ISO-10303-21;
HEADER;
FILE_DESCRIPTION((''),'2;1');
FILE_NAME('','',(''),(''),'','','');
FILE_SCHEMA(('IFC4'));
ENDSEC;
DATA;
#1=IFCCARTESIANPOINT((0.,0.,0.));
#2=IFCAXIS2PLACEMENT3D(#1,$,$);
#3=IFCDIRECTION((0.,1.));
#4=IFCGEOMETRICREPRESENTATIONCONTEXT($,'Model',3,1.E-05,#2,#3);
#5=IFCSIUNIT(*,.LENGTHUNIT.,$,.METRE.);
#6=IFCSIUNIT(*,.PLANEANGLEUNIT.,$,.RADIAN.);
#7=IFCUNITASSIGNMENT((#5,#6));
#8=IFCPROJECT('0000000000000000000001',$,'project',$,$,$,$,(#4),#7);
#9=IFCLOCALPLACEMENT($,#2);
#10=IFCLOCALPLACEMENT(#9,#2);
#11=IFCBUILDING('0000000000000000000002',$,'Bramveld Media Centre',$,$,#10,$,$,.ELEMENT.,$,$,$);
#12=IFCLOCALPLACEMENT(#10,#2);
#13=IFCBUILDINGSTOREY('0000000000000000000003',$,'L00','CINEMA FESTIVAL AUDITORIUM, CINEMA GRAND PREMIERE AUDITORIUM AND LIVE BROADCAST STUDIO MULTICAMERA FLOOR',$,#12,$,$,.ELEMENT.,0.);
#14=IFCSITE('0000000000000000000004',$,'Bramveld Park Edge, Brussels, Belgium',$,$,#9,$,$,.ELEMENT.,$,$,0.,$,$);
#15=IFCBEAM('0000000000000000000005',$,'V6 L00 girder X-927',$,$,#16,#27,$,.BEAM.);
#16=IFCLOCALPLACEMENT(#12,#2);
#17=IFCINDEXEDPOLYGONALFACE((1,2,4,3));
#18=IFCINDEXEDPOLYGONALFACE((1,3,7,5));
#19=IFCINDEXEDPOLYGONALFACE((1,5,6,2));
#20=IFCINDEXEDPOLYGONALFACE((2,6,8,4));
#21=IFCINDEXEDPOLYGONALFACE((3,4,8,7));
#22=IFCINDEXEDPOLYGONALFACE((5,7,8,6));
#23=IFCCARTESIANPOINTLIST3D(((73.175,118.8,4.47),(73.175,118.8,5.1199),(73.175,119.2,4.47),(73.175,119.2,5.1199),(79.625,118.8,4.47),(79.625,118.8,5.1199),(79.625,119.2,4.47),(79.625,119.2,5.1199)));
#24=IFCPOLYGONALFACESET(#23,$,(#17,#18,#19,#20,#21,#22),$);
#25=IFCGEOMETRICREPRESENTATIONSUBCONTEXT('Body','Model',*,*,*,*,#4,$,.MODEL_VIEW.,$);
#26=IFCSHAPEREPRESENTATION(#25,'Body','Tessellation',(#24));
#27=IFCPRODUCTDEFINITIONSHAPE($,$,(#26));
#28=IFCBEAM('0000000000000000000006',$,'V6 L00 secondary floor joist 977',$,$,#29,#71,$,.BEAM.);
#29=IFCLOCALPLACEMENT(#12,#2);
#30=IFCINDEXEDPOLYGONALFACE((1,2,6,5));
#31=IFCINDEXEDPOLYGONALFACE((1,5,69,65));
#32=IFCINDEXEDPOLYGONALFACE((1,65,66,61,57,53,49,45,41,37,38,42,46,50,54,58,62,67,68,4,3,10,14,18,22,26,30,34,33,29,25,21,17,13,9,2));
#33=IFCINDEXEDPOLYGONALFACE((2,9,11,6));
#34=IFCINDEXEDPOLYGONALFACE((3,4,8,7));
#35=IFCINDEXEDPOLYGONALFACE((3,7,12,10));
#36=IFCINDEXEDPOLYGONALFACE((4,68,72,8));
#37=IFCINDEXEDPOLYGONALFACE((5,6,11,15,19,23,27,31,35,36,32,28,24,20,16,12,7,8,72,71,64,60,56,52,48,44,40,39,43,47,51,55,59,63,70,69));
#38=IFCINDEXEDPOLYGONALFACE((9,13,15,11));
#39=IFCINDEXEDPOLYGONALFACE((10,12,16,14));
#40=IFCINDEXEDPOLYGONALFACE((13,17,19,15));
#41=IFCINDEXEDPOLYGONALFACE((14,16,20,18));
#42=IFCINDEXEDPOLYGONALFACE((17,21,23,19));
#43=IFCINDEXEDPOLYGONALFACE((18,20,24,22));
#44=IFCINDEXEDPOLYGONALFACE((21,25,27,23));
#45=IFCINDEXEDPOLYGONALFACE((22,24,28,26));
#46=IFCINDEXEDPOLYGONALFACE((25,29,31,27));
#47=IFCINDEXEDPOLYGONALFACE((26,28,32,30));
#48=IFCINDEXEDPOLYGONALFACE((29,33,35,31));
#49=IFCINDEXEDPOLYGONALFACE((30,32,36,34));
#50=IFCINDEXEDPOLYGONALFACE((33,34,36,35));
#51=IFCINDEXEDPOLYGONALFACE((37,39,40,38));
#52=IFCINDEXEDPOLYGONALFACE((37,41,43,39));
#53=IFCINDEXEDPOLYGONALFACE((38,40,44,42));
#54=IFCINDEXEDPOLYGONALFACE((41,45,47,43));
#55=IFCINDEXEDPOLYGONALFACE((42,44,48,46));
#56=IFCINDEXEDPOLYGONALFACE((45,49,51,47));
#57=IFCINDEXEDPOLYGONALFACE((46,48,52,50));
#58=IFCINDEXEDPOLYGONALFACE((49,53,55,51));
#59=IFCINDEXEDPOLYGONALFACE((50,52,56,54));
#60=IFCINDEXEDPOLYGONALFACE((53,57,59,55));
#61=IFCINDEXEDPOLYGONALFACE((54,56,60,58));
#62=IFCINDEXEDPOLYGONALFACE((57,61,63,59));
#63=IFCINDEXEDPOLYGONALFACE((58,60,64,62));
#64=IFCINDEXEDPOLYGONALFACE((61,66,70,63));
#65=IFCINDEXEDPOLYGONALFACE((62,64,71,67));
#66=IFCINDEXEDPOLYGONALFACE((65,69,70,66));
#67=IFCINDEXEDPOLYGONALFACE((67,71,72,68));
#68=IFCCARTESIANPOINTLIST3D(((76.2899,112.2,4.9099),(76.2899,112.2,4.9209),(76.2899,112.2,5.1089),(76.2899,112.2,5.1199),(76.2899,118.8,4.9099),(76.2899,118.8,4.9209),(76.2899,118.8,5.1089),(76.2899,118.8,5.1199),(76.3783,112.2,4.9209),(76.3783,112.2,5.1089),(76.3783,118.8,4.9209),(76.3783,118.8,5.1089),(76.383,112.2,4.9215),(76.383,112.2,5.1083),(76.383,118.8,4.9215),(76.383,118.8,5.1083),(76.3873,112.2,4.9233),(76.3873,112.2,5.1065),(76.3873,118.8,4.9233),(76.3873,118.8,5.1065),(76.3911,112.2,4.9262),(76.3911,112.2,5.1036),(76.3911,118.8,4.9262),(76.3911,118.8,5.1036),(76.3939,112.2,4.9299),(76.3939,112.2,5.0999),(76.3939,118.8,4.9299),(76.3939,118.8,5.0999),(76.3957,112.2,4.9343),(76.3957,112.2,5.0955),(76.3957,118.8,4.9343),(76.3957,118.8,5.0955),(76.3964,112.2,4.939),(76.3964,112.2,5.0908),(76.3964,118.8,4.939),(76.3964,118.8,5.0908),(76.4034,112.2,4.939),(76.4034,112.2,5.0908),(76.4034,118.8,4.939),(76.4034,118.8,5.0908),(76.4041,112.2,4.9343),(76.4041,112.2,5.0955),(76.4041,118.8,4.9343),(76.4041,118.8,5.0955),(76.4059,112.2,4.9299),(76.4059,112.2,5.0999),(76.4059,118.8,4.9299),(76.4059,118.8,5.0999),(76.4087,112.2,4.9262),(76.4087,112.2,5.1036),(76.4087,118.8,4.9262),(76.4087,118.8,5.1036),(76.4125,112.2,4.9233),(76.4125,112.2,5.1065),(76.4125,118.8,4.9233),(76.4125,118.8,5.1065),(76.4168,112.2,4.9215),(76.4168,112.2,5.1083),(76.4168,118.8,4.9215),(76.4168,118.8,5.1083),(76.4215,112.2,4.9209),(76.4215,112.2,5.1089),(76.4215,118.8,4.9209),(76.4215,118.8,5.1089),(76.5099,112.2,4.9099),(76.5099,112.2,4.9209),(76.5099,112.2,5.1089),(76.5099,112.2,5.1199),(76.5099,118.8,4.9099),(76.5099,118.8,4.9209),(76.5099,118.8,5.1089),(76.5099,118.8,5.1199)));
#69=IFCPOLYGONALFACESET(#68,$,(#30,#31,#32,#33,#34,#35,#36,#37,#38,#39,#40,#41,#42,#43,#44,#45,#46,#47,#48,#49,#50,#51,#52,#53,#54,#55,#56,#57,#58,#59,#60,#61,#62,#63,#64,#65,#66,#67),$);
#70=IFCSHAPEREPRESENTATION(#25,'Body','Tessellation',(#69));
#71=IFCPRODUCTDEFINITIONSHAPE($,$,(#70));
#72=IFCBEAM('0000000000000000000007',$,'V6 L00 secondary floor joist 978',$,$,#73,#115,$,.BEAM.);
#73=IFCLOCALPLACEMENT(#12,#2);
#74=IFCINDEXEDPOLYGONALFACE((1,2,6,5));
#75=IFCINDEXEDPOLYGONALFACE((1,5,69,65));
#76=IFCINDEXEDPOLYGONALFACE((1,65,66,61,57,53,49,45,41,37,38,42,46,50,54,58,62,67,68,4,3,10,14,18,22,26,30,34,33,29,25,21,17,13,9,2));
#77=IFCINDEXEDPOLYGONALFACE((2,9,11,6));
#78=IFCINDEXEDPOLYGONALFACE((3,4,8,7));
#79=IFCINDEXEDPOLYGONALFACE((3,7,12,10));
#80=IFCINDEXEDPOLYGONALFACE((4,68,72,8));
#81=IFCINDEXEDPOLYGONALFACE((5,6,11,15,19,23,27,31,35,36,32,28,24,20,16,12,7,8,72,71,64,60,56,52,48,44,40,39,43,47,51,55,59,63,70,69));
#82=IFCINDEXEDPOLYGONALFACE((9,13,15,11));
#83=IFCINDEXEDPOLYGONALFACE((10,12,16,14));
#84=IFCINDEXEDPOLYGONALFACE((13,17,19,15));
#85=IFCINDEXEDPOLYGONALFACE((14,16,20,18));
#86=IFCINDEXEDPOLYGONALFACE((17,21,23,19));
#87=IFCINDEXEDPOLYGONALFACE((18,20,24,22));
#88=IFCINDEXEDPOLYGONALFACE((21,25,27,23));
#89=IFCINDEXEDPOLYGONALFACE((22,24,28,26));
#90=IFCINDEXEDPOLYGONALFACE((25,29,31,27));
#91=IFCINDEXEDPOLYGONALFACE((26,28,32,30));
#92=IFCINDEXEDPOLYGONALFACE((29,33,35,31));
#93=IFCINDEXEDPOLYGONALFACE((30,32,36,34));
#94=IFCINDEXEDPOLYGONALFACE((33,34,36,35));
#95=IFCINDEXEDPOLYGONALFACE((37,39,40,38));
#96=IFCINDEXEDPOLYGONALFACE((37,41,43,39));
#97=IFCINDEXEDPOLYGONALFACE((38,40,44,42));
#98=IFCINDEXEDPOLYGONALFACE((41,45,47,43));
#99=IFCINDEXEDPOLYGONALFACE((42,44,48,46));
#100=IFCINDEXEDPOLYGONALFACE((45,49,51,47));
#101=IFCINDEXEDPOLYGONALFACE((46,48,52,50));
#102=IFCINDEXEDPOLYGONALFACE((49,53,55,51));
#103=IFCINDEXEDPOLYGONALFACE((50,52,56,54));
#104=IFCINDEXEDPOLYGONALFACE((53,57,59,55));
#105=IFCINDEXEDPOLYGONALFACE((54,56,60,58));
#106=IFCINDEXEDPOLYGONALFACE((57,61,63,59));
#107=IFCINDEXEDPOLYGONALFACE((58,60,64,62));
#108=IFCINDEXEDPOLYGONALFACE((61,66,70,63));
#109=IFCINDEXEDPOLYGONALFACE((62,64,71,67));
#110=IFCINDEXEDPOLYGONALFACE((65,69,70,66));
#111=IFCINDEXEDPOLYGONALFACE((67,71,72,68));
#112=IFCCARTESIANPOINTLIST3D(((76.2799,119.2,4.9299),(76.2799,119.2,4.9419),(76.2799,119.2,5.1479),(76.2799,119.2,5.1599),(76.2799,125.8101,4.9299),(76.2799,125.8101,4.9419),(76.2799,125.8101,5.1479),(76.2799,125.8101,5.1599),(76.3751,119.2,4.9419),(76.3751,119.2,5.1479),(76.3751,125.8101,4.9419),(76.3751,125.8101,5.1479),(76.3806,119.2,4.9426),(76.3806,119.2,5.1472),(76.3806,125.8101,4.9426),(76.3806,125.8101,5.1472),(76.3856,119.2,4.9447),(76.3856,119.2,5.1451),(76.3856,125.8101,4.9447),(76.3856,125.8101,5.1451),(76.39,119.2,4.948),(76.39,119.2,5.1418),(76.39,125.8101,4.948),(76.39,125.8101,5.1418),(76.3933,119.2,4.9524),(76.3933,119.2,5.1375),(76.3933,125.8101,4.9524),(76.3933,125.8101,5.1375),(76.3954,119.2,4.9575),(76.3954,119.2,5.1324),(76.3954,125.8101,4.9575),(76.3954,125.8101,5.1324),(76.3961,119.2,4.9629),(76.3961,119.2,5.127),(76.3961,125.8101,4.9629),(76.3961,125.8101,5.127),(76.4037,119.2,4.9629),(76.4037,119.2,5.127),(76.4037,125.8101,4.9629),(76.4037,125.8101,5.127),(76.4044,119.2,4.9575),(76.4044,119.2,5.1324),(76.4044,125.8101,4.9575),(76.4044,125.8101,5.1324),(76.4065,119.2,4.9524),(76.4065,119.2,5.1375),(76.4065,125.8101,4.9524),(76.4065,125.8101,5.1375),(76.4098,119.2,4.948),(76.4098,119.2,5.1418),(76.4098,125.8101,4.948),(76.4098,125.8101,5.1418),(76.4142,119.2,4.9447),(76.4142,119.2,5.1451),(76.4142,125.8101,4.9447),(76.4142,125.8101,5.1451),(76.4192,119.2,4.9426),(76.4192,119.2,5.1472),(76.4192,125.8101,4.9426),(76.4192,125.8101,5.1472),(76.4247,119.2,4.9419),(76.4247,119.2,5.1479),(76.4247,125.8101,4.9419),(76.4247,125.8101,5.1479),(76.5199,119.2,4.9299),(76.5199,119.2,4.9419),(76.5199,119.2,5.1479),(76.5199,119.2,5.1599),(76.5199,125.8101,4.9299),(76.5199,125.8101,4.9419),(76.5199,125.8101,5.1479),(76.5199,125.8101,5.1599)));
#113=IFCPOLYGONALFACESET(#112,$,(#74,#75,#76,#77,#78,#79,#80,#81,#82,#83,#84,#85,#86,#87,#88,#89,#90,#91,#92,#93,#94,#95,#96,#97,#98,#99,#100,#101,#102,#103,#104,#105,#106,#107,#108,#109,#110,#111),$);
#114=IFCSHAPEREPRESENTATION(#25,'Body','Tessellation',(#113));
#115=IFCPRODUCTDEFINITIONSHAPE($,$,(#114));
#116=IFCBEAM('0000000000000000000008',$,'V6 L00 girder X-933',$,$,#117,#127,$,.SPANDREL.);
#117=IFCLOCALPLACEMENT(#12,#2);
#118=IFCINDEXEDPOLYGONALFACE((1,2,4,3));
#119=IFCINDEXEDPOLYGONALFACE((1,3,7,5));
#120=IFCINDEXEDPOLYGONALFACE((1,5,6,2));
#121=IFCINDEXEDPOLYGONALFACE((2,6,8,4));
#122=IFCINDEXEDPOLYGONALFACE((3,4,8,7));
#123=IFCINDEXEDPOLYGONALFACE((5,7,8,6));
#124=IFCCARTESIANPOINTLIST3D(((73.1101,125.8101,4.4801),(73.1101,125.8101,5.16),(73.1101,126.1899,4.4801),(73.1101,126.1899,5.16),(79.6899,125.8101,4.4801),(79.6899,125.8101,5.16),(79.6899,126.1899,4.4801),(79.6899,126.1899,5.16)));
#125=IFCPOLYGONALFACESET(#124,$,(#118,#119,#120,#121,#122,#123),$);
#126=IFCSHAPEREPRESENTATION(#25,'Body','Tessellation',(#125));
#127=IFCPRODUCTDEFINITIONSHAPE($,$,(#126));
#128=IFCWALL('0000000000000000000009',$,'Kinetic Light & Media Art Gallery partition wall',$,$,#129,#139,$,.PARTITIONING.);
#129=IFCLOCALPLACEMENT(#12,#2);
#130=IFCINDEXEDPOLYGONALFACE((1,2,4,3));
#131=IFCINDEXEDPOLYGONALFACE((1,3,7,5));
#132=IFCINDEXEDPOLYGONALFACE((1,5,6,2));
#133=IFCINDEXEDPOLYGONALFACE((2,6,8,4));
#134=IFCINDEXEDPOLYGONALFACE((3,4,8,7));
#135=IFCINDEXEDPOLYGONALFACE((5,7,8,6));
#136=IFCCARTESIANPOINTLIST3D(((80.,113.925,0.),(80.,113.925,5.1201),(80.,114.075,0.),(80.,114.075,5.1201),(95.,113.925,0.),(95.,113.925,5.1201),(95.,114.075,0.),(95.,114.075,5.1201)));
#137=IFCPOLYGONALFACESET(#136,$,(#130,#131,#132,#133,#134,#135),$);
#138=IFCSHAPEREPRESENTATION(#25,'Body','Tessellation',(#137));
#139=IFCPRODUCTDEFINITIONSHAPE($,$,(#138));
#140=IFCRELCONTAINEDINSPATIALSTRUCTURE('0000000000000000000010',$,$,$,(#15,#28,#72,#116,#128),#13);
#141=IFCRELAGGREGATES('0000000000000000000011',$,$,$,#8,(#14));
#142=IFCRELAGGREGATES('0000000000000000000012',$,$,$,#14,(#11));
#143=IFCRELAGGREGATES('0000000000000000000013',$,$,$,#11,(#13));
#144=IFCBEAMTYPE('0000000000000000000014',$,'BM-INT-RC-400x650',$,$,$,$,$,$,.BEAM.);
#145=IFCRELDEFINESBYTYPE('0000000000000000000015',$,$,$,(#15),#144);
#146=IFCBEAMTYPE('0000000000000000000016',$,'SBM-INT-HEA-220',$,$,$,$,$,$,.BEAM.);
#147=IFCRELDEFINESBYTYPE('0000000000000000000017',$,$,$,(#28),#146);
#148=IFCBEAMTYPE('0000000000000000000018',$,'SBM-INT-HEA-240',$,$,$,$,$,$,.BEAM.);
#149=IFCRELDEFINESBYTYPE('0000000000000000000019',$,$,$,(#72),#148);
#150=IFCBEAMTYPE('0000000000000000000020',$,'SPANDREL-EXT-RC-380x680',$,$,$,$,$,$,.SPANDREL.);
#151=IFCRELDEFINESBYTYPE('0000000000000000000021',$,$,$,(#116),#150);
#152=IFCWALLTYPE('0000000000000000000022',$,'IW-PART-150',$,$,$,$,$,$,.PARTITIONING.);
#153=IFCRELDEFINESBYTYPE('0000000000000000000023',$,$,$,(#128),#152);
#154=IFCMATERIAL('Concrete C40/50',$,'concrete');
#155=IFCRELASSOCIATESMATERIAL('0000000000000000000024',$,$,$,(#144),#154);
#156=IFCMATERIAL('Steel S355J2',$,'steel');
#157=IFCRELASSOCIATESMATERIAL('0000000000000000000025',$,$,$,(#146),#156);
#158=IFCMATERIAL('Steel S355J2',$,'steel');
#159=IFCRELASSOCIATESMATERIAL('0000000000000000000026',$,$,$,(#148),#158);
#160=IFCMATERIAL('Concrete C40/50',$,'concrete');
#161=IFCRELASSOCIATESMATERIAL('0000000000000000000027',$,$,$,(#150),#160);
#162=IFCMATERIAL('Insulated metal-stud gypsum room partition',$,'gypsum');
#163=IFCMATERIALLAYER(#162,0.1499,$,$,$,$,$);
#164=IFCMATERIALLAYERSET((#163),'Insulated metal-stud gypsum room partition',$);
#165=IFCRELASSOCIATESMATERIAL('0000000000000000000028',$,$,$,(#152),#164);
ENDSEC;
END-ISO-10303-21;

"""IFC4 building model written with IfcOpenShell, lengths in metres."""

from ifc_helpers import new_model, si_unit, direction, frame, frame_2d, origin, origin_2d, place, context, subcontext, project, spatial, rectangle, i_section, extrude, material, layer, layer_set, material_profile, profile_set, type_object, element, save


model = new_model("IFC4")

# Units and contexts
model_context = context("Model", 3, precision=1e-05, world=origin(), true_north=direction((0.0, 1.0)))
body_context = subcontext(model_context, "Body", "Model", "MODEL_VIEW")
ifc_project = project(units=[si_unit("LENGTHUNIT", "METRE"), si_unit("PLANEANGLEUNIT", "RADIAN")], contexts=[model_context])

# Site, building, storey
site_placement = place(None, origin())
site = spatial("IfcSite", under=ifc_project, at=site_placement, Name="Bramveld Park Edge, Brussels, Belgium", CompositionType="ELEMENT", RefElevation=0.0)
building_placement = place(site_placement, origin())
building = spatial("IfcBuilding", under=site, at=building_placement, Name="Bramveld Media Centre", CompositionType="ELEMENT")
storey_placement = place(building_placement, origin())
storey = spatial("IfcBuildingStorey", under=building, at=storey_placement, Name="L00", Description="CINEMA FESTIVAL AUDITORIUM, CINEMA GRAND PREMIERE AUDITORIUM AND LIVE BROADCAST STUDIO MULTICAMERA FLOOR", CompositionType="ELEMENT", Elevation=0.0)

# Beams
ifc_material_1 = material(Name="Concrete C40/50", Category="concrete")
ifc_material_profile_1 = material_profile(ifc_material_1, rectangle(XDim=0.3999, YDim=0.6499, at=origin_2d()), Name="RC 400x650")
ifc_profile_set_1 = profile_set([ifc_material_profile_1], Name="Concrete C40/50")
beam_type_1 = type_object("IfcBeamType", Name="BM-INT-RC-400x650", PredefinedType="BEAM", material=ifc_profile_set_1)
beam_1_placement = place(storey_placement, frame((73.175, 119.0, 4.7949), z_axis=(1.0, 0.0, 0.0), x_axis=(0.0, 1.0, 0.0)))
element("IfcBeam", 1, at=beam_1_placement, inside=storey, type_object=beam_type_1, Name="V6 L00 girder X-927", PredefinedType="BEAM", context=body_context, shape_type="SweptSolid", body=[
    extrude(rectangle(XDim=0.3999, YDim=0.6499, at=origin_2d()), origin(), (0.0, 0.0, 1.0), 6.45),
])
ifc_material_2 = material(Name="Steel S355J2", Category="steel")
ifc_material_profile_2 = material_profile(ifc_material_2, i_section(OverallWidth=0.22, OverallDepth=0.21, WebThickness=0.0071, FlangeThickness=0.011, FilletRadius=0.0181, at=origin_2d()), Name="HEA 220")
ifc_profile_set_2 = profile_set([ifc_material_profile_2], Name="Steel S355J2")
beam_type_2 = type_object("IfcBeamType", Name="SBM-INT-HEA-220", PredefinedType="BEAM", material=ifc_profile_set_2)
beam_2_placement = place(storey_placement, frame((76.3999, 112.2, 5.0149), z_axis=(0.0, 1.0, 0.0), x_axis=(-1.0, 0.0, 0.0)))
element("IfcBeam", 2, at=beam_2_placement, inside=storey, type_object=beam_type_2, Name="V6 L00 secondary floor joist 977", PredefinedType="BEAM", context=body_context, shape_type="SweptSolid", body=[
    extrude(i_section(OverallWidth=0.22, OverallDepth=0.21, WebThickness=0.0071, FlangeThickness=0.011, FilletRadius=0.0181, at=origin_2d()), origin(), (0.0, 0.0, 1.0), 6.6001),
])
ifc_material_3 = material(Name="Steel S355J2", Category="steel")
ifc_material_profile_3 = material_profile(ifc_material_3, i_section(OverallWidth=0.24, OverallDepth=0.23, WebThickness=0.0076, FlangeThickness=0.012, FilletRadius=0.021, at=origin_2d()), Name="HEA 240")
ifc_profile_set_3 = profile_set([ifc_material_profile_3], Name="Steel S355J2")
beam_type_3 = type_object("IfcBeamType", Name="SBM-INT-HEA-240", PredefinedType="BEAM", material=ifc_profile_set_3)
beam_3_placement = place(storey_placement, frame((76.3999, 119.2, 5.0449), z_axis=(0.0, 1.0, 0.0), x_axis=(-1.0, 0.0, 0.0)))
element("IfcBeam", 3, at=beam_3_placement, inside=storey, type_object=beam_type_3, Name="V6 L00 secondary floor joist 978", PredefinedType="BEAM", context=body_context, shape_type="SweptSolid", body=[
    extrude(i_section(OverallWidth=0.24, OverallDepth=0.23, WebThickness=0.0076, FlangeThickness=0.012, FilletRadius=0.021, at=origin_2d()), origin(), (0.0, 0.0, 1.0), 6.6101),
])
ifc_material_4 = material(Name="Concrete C40/50", Category="concrete")
ifc_material_profile_4 = material_profile(ifc_material_4, rectangle(XDim=0.3799, YDim=0.6799, at=origin_2d()), Name="RC 380x680")
ifc_profile_set_4 = profile_set([ifc_material_profile_4], Name="Concrete C40/50")
beam_type_4 = type_object("IfcBeamType", Name="SPANDREL-EXT-RC-380x680", PredefinedType="SPANDREL", material=ifc_profile_set_4)
beam_4_placement = place(storey_placement, frame((73.1101, 126.0, 4.8201), z_axis=(1.0, 0.0, 0.0), x_axis=(0.0, 1.0, 0.0)))
element("IfcBeam", 4, at=beam_4_placement, inside=storey, type_object=beam_type_4, Name="V6 L00 girder X-933", PredefinedType="SPANDREL", context=body_context, shape_type="SweptSolid", body=[
    extrude(rectangle(XDim=0.3799, YDim=0.6799, at=origin_2d()), origin(), (0.0, 0.0, 1.0), 6.5798),
])

# Wall
ifc_material_5 = material(Name="Insulated metal-stud gypsum room partition", Category="gypsum")
ifc_layer = layer(ifc_material_5, 0.1499)
ifc_layer_set = layer_set([ifc_layer], Name="Insulated metal-stud gypsum room partition")
wall_type = type_object("IfcWallType", Name="IW-PART-150", PredefinedType="PARTITIONING", material=ifc_layer_set)
wall_placement = place(storey_placement, frame((80.0, 114.0, 0.0), z_axis=(0.0, 0.0, 1.0), x_axis=(1.0, 0.0, 0.0)))
element("IfcWall", 5, at=wall_placement, inside=storey, type_object=wall_type, Name="Kinetic Light & Media Art Gallery partition wall", PredefinedType="PARTITIONING", context=body_context, shape_type="SweptSolid", body=[
    extrude(rectangle(XDim=15.0, YDim=0.1499, at=frame_2d((7.5, 0.0))), origin(), (0.0, 0.0, 1.0), 5.1201),
])

save(model, "model.ifc")
